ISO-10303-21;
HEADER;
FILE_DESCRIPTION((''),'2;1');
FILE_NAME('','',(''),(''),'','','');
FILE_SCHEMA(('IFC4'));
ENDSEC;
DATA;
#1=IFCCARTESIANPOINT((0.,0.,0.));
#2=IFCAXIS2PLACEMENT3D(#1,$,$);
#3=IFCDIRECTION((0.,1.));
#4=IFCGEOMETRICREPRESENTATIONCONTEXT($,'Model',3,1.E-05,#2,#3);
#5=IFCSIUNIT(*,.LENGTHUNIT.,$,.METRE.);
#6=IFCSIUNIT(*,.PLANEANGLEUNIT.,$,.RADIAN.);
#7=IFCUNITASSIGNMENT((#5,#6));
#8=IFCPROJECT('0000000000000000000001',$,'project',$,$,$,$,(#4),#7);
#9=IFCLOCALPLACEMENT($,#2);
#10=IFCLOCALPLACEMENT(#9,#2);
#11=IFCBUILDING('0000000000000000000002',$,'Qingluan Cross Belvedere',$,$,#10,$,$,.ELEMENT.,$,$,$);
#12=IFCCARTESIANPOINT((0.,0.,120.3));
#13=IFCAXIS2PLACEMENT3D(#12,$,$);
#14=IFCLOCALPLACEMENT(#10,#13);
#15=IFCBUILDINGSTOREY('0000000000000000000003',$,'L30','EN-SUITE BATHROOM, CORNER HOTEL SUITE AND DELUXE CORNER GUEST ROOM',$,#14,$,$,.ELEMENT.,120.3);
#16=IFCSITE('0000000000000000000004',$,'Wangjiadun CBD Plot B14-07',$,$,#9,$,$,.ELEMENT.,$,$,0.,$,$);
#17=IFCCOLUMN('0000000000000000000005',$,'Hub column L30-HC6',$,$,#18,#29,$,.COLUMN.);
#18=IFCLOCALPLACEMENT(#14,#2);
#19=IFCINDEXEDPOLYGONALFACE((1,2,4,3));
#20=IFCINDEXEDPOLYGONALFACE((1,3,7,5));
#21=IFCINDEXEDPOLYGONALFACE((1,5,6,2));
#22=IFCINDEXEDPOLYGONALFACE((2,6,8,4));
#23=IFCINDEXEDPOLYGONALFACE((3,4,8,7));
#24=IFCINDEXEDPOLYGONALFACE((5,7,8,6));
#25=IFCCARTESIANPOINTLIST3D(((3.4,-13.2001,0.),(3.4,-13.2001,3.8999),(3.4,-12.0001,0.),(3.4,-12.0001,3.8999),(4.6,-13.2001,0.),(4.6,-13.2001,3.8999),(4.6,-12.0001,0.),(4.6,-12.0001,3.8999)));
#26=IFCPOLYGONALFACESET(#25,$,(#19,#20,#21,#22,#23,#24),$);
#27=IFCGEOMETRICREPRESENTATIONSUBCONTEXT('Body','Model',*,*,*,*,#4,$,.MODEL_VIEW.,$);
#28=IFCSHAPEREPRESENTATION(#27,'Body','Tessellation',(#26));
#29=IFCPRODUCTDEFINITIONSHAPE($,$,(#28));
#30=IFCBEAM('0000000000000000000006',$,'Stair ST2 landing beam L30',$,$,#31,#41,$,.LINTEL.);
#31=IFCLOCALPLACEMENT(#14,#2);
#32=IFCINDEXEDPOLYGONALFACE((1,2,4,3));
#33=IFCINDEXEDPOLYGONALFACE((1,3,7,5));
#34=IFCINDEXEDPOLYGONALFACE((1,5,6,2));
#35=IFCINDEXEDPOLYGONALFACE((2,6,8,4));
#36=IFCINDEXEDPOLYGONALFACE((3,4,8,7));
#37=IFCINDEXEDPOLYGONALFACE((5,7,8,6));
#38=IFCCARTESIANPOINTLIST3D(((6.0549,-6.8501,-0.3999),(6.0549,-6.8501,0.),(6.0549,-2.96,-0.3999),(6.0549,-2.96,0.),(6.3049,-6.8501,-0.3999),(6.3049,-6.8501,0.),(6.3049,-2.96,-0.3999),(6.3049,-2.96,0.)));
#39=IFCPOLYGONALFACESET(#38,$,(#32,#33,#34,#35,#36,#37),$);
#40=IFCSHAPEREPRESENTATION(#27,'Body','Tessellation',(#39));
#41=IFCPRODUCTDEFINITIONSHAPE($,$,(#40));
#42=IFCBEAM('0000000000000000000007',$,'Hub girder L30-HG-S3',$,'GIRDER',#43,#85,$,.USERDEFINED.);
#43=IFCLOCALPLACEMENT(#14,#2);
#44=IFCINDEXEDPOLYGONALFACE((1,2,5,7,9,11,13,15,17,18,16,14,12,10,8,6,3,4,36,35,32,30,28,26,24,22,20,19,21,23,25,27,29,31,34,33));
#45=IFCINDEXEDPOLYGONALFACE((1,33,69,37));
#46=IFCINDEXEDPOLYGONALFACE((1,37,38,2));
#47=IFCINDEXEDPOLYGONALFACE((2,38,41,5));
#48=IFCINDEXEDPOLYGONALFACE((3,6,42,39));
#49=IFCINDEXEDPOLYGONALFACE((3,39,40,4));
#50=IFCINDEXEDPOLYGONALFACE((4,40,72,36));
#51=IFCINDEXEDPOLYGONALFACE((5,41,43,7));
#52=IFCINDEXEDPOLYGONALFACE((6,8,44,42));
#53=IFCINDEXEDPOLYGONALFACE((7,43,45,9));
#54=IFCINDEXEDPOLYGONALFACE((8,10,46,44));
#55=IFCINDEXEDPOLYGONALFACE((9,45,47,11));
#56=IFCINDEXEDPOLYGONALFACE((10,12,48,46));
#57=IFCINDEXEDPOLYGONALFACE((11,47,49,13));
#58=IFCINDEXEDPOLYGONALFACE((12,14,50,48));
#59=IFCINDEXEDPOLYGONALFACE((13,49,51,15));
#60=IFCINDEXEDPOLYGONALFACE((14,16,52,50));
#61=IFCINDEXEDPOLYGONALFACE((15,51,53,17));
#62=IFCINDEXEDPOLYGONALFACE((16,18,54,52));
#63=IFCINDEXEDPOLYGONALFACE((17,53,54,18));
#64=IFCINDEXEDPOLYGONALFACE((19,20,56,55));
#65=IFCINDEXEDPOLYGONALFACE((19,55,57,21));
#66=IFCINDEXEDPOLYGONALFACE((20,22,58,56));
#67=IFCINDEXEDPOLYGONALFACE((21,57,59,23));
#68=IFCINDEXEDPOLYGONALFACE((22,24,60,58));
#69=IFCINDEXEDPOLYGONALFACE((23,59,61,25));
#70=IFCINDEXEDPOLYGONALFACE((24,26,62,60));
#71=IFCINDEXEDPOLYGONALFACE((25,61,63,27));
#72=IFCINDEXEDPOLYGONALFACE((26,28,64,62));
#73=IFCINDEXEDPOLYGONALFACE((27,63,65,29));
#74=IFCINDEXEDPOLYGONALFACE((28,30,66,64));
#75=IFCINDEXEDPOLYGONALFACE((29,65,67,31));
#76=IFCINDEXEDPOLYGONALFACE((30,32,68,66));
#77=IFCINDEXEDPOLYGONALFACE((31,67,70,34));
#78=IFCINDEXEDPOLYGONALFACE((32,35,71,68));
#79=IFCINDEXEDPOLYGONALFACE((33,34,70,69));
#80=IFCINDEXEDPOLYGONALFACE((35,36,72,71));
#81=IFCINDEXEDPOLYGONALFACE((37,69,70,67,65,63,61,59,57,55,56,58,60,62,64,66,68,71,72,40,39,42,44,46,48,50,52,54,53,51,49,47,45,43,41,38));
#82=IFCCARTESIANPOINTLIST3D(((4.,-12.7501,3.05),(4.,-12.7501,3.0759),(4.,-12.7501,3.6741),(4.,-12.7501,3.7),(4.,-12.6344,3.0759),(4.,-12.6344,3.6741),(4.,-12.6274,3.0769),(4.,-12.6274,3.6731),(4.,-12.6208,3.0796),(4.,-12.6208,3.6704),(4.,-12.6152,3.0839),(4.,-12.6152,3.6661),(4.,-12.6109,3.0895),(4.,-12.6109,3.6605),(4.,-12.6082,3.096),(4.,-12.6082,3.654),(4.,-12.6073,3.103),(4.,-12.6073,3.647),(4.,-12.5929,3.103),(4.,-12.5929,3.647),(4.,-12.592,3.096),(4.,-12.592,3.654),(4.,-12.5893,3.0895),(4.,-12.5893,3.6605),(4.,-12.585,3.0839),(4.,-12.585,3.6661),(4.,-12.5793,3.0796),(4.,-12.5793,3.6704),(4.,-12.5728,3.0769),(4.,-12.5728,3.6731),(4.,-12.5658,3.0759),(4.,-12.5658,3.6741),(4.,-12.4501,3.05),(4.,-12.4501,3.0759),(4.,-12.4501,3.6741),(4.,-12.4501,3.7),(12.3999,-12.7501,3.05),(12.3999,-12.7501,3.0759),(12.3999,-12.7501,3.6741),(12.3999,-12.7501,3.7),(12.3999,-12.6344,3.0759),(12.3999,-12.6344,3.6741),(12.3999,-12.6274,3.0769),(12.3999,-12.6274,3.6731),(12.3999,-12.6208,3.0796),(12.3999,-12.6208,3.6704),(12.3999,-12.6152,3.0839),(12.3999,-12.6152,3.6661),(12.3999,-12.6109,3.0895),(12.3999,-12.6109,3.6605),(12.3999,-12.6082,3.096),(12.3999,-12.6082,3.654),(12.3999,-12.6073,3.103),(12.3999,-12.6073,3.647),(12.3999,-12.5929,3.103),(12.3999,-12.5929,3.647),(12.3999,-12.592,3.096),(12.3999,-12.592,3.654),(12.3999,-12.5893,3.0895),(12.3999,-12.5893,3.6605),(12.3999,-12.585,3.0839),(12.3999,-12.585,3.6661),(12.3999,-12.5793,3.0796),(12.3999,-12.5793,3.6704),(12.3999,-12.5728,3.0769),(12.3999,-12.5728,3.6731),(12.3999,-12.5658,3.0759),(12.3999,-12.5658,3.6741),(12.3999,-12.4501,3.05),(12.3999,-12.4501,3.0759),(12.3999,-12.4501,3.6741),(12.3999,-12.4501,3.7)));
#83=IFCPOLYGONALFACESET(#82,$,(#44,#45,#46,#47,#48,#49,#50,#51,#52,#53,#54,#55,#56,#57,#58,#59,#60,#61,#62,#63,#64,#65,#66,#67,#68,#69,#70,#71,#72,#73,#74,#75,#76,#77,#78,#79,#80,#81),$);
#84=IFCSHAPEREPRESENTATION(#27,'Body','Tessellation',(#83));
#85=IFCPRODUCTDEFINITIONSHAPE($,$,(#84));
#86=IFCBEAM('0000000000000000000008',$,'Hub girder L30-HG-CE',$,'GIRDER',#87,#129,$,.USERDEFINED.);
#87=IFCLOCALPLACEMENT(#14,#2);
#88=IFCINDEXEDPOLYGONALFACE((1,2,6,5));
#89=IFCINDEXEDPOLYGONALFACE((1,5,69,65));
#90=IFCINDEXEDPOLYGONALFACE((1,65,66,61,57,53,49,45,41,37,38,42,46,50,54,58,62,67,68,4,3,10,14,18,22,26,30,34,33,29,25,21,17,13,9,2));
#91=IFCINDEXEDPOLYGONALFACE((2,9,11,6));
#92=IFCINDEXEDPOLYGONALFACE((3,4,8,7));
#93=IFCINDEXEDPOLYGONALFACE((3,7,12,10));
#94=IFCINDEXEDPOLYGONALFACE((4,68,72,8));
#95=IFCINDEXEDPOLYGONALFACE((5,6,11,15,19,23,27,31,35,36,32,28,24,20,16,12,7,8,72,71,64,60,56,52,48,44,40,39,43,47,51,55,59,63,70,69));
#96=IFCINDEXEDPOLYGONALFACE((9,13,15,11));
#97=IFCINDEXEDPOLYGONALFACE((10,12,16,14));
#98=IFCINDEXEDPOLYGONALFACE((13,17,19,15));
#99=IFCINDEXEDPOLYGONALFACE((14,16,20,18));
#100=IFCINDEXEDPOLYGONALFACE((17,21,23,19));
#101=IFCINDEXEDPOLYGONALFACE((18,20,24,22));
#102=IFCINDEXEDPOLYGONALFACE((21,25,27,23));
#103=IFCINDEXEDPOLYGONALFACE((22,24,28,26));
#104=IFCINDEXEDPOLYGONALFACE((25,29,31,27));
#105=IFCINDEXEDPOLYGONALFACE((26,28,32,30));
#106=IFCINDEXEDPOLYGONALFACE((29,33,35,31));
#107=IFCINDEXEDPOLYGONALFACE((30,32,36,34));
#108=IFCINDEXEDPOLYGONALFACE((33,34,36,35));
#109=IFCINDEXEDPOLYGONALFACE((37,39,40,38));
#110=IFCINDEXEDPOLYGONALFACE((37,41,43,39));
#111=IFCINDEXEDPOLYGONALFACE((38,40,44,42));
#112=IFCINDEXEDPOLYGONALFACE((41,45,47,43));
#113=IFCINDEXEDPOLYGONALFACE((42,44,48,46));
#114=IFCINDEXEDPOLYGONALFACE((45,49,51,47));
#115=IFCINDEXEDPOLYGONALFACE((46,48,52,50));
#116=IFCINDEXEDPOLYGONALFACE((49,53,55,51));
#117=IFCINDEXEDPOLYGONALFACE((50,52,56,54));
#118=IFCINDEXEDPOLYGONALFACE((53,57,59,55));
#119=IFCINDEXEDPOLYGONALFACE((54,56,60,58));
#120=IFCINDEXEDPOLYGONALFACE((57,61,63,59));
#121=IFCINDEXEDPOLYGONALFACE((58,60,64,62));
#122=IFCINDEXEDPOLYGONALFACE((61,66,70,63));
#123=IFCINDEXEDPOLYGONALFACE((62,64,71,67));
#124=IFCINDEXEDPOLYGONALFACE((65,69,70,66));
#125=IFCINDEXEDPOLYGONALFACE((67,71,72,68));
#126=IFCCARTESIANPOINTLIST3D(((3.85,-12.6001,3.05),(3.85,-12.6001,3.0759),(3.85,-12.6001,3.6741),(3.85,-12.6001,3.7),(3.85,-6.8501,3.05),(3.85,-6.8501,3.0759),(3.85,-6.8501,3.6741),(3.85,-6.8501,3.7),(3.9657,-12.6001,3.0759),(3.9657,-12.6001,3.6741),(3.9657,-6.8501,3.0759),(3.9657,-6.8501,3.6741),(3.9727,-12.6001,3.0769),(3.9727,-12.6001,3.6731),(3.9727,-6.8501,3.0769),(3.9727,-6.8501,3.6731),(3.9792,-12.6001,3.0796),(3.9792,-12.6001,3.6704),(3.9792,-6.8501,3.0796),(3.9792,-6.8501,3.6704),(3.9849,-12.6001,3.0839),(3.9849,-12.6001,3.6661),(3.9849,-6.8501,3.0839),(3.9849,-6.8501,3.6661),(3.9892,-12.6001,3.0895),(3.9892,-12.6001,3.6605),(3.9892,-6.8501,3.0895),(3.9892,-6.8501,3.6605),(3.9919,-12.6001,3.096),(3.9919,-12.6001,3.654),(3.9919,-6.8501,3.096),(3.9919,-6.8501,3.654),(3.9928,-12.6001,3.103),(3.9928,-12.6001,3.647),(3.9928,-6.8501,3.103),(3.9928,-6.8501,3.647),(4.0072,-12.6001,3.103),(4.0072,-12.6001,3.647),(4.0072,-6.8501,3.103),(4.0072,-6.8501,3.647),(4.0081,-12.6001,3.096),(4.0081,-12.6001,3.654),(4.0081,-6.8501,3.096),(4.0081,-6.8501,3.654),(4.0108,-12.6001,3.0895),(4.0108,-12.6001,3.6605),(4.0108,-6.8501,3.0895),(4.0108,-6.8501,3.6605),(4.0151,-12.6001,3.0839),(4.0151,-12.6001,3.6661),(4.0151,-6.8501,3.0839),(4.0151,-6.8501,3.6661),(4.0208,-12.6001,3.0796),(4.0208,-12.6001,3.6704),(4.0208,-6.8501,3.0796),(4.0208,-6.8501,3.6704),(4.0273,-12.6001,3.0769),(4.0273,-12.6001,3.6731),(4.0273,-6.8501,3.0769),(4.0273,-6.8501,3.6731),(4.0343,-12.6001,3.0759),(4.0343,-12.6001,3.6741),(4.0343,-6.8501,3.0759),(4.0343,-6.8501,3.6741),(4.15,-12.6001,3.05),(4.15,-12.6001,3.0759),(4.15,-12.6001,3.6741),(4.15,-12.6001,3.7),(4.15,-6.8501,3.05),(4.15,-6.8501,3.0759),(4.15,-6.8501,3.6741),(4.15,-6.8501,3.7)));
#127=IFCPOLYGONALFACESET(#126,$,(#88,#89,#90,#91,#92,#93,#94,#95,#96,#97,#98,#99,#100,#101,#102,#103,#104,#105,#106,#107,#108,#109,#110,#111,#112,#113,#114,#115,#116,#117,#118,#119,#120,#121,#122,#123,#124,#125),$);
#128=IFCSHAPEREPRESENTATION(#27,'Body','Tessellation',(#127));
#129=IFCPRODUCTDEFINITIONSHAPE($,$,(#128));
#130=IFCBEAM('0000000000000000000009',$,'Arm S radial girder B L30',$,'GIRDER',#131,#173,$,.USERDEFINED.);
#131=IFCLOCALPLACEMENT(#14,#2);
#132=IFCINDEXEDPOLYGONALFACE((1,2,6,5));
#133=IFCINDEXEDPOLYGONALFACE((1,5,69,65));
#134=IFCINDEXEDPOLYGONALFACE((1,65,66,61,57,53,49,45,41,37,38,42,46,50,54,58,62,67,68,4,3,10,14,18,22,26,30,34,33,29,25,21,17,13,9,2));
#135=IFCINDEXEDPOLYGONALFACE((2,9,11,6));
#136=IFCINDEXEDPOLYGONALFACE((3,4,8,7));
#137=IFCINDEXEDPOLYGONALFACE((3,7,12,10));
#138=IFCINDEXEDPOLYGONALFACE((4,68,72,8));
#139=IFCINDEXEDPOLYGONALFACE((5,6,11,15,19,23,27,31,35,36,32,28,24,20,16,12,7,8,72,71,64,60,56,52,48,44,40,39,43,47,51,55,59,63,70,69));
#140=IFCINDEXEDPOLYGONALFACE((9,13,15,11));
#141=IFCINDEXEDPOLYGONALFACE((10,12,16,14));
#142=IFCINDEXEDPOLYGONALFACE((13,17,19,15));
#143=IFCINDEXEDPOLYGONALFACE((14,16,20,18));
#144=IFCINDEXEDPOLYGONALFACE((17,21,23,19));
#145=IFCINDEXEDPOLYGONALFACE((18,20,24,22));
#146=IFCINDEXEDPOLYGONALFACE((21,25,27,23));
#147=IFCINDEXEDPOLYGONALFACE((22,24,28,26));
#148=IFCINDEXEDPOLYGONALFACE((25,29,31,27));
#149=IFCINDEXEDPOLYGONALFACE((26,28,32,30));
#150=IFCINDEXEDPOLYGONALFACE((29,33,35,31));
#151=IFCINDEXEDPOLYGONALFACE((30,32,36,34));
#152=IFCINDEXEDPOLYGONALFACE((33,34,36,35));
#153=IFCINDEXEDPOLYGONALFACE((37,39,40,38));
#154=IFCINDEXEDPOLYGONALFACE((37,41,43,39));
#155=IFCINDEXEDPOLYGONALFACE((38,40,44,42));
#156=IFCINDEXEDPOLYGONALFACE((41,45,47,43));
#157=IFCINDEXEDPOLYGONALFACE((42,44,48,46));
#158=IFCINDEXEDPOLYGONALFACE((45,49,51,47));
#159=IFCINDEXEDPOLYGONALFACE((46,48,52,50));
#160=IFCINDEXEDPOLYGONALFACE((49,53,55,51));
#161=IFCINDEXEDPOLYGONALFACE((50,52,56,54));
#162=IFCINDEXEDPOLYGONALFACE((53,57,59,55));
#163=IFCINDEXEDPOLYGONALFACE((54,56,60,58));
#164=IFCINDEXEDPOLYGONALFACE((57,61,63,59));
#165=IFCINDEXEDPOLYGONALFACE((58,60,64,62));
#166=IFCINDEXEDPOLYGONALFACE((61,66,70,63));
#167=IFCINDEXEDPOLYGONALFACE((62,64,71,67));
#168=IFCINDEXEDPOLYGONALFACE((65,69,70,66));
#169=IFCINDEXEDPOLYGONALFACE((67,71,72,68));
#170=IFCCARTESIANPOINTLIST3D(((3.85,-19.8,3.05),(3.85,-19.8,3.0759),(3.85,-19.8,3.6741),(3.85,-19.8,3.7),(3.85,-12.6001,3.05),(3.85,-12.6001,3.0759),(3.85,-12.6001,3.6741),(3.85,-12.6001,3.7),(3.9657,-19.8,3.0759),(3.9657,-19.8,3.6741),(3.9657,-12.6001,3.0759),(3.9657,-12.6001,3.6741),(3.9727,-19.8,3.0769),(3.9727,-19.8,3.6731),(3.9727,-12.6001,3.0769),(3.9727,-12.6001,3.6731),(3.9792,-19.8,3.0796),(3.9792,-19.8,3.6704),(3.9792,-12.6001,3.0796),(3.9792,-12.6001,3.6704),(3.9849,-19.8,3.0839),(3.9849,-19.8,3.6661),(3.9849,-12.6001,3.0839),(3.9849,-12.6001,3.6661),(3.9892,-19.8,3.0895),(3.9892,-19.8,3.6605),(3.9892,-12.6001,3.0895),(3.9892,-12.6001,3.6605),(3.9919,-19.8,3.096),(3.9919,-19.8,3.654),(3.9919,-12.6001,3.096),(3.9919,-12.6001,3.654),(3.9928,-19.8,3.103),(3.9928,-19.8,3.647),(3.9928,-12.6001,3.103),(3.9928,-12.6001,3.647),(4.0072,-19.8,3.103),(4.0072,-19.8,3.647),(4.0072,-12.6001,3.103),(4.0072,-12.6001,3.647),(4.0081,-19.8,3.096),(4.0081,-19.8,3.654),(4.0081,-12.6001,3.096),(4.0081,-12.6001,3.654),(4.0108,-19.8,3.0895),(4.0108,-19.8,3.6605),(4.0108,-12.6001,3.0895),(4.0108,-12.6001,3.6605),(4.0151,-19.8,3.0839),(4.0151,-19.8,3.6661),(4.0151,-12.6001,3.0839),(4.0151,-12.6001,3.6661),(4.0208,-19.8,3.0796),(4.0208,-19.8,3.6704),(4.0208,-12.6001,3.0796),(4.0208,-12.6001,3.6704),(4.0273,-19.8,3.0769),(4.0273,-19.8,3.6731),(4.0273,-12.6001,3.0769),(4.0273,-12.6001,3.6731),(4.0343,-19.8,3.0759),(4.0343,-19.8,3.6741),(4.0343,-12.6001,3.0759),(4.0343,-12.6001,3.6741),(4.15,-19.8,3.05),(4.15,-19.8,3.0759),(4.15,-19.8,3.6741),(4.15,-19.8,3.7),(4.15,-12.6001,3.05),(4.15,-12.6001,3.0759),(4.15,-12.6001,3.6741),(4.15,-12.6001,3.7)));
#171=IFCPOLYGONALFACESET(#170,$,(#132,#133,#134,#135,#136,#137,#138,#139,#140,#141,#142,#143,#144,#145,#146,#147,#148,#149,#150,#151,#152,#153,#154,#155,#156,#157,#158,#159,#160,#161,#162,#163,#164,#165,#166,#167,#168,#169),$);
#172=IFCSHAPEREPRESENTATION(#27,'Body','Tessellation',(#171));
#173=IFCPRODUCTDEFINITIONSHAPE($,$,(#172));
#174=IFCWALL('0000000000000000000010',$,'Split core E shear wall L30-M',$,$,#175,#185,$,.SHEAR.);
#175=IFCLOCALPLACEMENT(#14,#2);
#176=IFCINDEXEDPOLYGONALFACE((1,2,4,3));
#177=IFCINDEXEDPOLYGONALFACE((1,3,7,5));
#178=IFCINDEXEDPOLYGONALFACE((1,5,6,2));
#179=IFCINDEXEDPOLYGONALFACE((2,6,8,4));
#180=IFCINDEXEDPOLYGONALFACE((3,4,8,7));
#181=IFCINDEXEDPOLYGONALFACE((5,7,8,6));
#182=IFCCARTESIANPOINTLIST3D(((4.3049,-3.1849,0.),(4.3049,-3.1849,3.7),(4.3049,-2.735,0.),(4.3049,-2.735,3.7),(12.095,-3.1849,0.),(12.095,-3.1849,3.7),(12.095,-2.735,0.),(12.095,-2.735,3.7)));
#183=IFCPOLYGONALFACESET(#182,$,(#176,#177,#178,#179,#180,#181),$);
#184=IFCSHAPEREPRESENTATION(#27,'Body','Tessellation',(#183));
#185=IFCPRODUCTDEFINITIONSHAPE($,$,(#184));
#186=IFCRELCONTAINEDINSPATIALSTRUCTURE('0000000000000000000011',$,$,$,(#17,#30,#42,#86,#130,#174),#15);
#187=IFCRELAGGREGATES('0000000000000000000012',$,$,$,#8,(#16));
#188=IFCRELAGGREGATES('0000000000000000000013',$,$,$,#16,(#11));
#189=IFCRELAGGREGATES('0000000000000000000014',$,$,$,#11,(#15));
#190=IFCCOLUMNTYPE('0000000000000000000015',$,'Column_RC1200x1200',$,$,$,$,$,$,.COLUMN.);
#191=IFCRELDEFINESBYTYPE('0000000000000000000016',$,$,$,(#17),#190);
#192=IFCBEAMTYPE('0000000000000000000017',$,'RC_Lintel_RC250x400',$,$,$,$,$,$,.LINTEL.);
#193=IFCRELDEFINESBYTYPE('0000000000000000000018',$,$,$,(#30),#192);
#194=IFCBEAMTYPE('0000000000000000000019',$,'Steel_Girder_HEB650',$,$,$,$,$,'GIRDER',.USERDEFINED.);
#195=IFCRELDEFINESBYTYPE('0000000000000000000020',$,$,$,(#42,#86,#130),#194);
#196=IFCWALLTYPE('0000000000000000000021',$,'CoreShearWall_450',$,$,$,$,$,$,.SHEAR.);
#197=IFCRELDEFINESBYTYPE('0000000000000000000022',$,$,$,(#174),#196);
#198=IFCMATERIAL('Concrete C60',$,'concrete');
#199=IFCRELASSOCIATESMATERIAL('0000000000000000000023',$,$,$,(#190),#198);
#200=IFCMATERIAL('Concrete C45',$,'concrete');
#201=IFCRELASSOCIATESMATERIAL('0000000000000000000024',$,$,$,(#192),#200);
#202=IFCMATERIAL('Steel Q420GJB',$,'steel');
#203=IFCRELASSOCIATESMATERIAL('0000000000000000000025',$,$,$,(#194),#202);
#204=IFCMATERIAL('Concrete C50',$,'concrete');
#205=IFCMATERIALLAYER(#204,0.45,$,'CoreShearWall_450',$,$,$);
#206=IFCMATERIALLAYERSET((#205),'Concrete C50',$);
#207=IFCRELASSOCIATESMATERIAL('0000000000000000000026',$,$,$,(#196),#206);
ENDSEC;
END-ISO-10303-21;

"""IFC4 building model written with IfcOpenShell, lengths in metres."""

from ifc_helpers import new_model, si_unit, direction, frame, frame_2d, origin, origin_2d, place, context, subcontext, project, spatial, rectangle, i_section, extrude, material, layer, layer_set, material_profile, profile_set, type_object, element, save


model = new_model("IFC4")

# Units and contexts
model_context = context("Model", 3, precision=1e-05, world=origin(), true_north=direction((0.0, 1.0)))
body_context = subcontext(model_context, "Body", "Model", "MODEL_VIEW")
ifc_project = project(units=[si_unit("LENGTHUNIT", "METRE"), si_unit("PLANEANGLEUNIT", "RADIAN")], contexts=[model_context])

# Site, building, storey
site_placement = place(None, origin())
site = spatial("IfcSite", under=ifc_project, at=site_placement, Name="Wangjiadun CBD Plot B14-07", CompositionType="ELEMENT", RefElevation=0.0)
building_placement = place(site_placement, origin())
building = spatial("IfcBuilding", under=site, at=building_placement, Name="Qingluan Cross Belvedere", CompositionType="ELEMENT")
storey_placement = place(building_placement, frame((0.0, 0.0, 120.3)))
storey = spatial("IfcBuildingStorey", under=building, at=storey_placement, Name="L30", Description="EN-SUITE BATHROOM, CORNER HOTEL SUITE AND DELUXE CORNER GUEST ROOM", CompositionType="ELEMENT", Elevation=120.3)

# Column
ifc_material_1 = material(Name="Concrete C60", Category="concrete")
ifc_material_profile_1 = material_profile(ifc_material_1, rectangle(XDim=1.2, YDim=1.2, at=origin_2d()), Name="RC1200x1200")
ifc_profile_set_1 = profile_set([ifc_material_profile_1], Name="Concrete C60")
column_type = type_object("IfcColumnType", Name="Column_RC1200x1200", PredefinedType="COLUMN", material=ifc_profile_set_1)
column_placement = place(storey_placement, frame((4.0, -12.6001, 0.0), z_axis=(0.0, 0.0, 1.0), x_axis=(1.0, 0.0, 0.0)))
element("IfcColumn", 1, at=column_placement, inside=storey, type_object=column_type, Name="Hub column L30-HC6", PredefinedType="COLUMN", context=body_context, shape_type="SweptSolid", body=[
    extrude(rectangle(XDim=1.2, YDim=1.2, at=origin_2d()), origin(), (0.0, 0.0, 1.0), 3.8999),
])

# Beams
ifc_material_2 = material(Name="Concrete C45", Category="concrete")
ifc_material_profile_2 = material_profile(ifc_material_2, rectangle(XDim=0.25, YDim=0.3999, at=origin_2d()), Name="RC250x400")
ifc_profile_set_2 = profile_set([ifc_material_profile_2], Name="Concrete C45")
beam_type_1 = type_object("IfcBeamType", Name="RC_Lintel_RC250x400", PredefinedType="LINTEL", material=ifc_profile_set_2)
beam_1_placement = place(storey_placement, frame((6.1799, -6.8501, -0.2), z_axis=(0.0, 1.0, 0.0), x_axis=(-1.0, 0.0, 0.0)))
element("IfcBeam", 2, at=beam_1_placement, inside=storey, type_object=beam_type_1, Name="Stair ST2 landing beam L30", PredefinedType="LINTEL", context=body_context, shape_type="SweptSolid", body=[
    extrude(rectangle(XDim=0.25, YDim=0.3999, at=origin_2d()), origin(), (0.0, 0.0, 1.0), 3.8901),
])
ifc_material_3 = material(Name="Steel Q420GJB", Category="steel")
ifc_material_profile_3 = material_profile(ifc_material_3, i_section(OverallWidth=0.3, OverallDepth=0.6499, WebThickness=0.0144, FlangeThickness=0.0259, FilletRadius=0.0271, at=origin_2d()), Name="HEB650")
ifc_profile_set_3 = profile_set([ifc_material_profile_3], Name="Steel Q420GJB")
beam_type_2 = type_object("IfcBeamType", Name="Steel_Girder_HEB650", ElementType="GIRDER", PredefinedType="USERDEFINED", material=ifc_profile_set_3)
beam_2_placement = place(storey_placement, frame((4.0, -12.6001, 3.375), z_axis=(1.0, 0.0, 0.0), x_axis=(0.0, 1.0, 0.0)))
element("IfcBeam", 3, at=beam_2_placement, inside=storey, type_object=beam_type_2, Name="Hub girder L30-HG-S3", ObjectType="GIRDER", PredefinedType="USERDEFINED", context=body_context, shape_type="SweptSolid", body=[
    extrude(i_section(OverallWidth=0.3, OverallDepth=0.6499, WebThickness=0.0144, FlangeThickness=0.0259, FilletRadius=0.0271, at=origin_2d()), origin(), (0.0, 0.0, 1.0), 8.3999),
])
beam_3_placement = place(storey_placement, frame((4.0, -12.6001, 3.375), z_axis=(0.0, 1.0, 0.0), x_axis=(-1.0, 0.0, 0.0)))
element("IfcBeam", 4, at=beam_3_placement, inside=storey, type_object=beam_type_2, Name="Hub girder L30-HG-CE", ObjectType="GIRDER", PredefinedType="USERDEFINED", context=body_context, shape_type="SweptSolid", body=[
    extrude(i_section(OverallWidth=0.3, OverallDepth=0.6499, WebThickness=0.0144, FlangeThickness=0.0259, FilletRadius=0.0271, at=origin_2d()), origin(), (0.0, 0.0, 1.0), 5.75),
])
beam_4_placement = place(storey_placement, frame((4.0, -12.6001, 3.375), z_axis=(0.0, -1.0, 0.0), x_axis=(1.0, 0.0, 0.0)))
element("IfcBeam", 5, at=beam_4_placement, inside=storey, type_object=beam_type_2, Name="Arm S radial girder B L30", ObjectType="GIRDER", PredefinedType="USERDEFINED", context=body_context, shape_type="SweptSolid", body=[
    extrude(i_section(OverallWidth=0.3, OverallDepth=0.6499, WebThickness=0.0144, FlangeThickness=0.0259, FilletRadius=0.0271, at=origin_2d()), origin(), (0.0, 0.0, 1.0), 7.2),
])

# Wall
ifc_material_4 = material(Name="Concrete C50", Category="concrete")
ifc_layer_1 = layer(ifc_material_4, 0.45, Name="CoreShearWall_450")
ifc_layer_set_1 = layer_set([ifc_layer_1], Name="Concrete C50")
wall_type_1 = type_object("IfcWallType", Name="CoreShearWall_450", PredefinedType="SHEAR", material=ifc_layer_set_1)
wall_1_placement = place(storey_placement, frame((4.3049, -2.96, 0.0), z_axis=(0.0, 0.0, 1.0), x_axis=(1.0, 0.0, 0.0)))
element("IfcWall", 6, at=wall_1_placement, inside=storey, type_object=wall_type_1, Name="Split core E shear wall L30-M", PredefinedType="SHEAR", context=body_context, shape_type="SweptSolid", body=[
    extrude(rectangle(XDim=7.79, YDim=0.45, at=frame_2d((3.895, 0.0))), origin(), (0.0, 0.0, 1.0), 3.7),
])

save(model, "model.ifc")
